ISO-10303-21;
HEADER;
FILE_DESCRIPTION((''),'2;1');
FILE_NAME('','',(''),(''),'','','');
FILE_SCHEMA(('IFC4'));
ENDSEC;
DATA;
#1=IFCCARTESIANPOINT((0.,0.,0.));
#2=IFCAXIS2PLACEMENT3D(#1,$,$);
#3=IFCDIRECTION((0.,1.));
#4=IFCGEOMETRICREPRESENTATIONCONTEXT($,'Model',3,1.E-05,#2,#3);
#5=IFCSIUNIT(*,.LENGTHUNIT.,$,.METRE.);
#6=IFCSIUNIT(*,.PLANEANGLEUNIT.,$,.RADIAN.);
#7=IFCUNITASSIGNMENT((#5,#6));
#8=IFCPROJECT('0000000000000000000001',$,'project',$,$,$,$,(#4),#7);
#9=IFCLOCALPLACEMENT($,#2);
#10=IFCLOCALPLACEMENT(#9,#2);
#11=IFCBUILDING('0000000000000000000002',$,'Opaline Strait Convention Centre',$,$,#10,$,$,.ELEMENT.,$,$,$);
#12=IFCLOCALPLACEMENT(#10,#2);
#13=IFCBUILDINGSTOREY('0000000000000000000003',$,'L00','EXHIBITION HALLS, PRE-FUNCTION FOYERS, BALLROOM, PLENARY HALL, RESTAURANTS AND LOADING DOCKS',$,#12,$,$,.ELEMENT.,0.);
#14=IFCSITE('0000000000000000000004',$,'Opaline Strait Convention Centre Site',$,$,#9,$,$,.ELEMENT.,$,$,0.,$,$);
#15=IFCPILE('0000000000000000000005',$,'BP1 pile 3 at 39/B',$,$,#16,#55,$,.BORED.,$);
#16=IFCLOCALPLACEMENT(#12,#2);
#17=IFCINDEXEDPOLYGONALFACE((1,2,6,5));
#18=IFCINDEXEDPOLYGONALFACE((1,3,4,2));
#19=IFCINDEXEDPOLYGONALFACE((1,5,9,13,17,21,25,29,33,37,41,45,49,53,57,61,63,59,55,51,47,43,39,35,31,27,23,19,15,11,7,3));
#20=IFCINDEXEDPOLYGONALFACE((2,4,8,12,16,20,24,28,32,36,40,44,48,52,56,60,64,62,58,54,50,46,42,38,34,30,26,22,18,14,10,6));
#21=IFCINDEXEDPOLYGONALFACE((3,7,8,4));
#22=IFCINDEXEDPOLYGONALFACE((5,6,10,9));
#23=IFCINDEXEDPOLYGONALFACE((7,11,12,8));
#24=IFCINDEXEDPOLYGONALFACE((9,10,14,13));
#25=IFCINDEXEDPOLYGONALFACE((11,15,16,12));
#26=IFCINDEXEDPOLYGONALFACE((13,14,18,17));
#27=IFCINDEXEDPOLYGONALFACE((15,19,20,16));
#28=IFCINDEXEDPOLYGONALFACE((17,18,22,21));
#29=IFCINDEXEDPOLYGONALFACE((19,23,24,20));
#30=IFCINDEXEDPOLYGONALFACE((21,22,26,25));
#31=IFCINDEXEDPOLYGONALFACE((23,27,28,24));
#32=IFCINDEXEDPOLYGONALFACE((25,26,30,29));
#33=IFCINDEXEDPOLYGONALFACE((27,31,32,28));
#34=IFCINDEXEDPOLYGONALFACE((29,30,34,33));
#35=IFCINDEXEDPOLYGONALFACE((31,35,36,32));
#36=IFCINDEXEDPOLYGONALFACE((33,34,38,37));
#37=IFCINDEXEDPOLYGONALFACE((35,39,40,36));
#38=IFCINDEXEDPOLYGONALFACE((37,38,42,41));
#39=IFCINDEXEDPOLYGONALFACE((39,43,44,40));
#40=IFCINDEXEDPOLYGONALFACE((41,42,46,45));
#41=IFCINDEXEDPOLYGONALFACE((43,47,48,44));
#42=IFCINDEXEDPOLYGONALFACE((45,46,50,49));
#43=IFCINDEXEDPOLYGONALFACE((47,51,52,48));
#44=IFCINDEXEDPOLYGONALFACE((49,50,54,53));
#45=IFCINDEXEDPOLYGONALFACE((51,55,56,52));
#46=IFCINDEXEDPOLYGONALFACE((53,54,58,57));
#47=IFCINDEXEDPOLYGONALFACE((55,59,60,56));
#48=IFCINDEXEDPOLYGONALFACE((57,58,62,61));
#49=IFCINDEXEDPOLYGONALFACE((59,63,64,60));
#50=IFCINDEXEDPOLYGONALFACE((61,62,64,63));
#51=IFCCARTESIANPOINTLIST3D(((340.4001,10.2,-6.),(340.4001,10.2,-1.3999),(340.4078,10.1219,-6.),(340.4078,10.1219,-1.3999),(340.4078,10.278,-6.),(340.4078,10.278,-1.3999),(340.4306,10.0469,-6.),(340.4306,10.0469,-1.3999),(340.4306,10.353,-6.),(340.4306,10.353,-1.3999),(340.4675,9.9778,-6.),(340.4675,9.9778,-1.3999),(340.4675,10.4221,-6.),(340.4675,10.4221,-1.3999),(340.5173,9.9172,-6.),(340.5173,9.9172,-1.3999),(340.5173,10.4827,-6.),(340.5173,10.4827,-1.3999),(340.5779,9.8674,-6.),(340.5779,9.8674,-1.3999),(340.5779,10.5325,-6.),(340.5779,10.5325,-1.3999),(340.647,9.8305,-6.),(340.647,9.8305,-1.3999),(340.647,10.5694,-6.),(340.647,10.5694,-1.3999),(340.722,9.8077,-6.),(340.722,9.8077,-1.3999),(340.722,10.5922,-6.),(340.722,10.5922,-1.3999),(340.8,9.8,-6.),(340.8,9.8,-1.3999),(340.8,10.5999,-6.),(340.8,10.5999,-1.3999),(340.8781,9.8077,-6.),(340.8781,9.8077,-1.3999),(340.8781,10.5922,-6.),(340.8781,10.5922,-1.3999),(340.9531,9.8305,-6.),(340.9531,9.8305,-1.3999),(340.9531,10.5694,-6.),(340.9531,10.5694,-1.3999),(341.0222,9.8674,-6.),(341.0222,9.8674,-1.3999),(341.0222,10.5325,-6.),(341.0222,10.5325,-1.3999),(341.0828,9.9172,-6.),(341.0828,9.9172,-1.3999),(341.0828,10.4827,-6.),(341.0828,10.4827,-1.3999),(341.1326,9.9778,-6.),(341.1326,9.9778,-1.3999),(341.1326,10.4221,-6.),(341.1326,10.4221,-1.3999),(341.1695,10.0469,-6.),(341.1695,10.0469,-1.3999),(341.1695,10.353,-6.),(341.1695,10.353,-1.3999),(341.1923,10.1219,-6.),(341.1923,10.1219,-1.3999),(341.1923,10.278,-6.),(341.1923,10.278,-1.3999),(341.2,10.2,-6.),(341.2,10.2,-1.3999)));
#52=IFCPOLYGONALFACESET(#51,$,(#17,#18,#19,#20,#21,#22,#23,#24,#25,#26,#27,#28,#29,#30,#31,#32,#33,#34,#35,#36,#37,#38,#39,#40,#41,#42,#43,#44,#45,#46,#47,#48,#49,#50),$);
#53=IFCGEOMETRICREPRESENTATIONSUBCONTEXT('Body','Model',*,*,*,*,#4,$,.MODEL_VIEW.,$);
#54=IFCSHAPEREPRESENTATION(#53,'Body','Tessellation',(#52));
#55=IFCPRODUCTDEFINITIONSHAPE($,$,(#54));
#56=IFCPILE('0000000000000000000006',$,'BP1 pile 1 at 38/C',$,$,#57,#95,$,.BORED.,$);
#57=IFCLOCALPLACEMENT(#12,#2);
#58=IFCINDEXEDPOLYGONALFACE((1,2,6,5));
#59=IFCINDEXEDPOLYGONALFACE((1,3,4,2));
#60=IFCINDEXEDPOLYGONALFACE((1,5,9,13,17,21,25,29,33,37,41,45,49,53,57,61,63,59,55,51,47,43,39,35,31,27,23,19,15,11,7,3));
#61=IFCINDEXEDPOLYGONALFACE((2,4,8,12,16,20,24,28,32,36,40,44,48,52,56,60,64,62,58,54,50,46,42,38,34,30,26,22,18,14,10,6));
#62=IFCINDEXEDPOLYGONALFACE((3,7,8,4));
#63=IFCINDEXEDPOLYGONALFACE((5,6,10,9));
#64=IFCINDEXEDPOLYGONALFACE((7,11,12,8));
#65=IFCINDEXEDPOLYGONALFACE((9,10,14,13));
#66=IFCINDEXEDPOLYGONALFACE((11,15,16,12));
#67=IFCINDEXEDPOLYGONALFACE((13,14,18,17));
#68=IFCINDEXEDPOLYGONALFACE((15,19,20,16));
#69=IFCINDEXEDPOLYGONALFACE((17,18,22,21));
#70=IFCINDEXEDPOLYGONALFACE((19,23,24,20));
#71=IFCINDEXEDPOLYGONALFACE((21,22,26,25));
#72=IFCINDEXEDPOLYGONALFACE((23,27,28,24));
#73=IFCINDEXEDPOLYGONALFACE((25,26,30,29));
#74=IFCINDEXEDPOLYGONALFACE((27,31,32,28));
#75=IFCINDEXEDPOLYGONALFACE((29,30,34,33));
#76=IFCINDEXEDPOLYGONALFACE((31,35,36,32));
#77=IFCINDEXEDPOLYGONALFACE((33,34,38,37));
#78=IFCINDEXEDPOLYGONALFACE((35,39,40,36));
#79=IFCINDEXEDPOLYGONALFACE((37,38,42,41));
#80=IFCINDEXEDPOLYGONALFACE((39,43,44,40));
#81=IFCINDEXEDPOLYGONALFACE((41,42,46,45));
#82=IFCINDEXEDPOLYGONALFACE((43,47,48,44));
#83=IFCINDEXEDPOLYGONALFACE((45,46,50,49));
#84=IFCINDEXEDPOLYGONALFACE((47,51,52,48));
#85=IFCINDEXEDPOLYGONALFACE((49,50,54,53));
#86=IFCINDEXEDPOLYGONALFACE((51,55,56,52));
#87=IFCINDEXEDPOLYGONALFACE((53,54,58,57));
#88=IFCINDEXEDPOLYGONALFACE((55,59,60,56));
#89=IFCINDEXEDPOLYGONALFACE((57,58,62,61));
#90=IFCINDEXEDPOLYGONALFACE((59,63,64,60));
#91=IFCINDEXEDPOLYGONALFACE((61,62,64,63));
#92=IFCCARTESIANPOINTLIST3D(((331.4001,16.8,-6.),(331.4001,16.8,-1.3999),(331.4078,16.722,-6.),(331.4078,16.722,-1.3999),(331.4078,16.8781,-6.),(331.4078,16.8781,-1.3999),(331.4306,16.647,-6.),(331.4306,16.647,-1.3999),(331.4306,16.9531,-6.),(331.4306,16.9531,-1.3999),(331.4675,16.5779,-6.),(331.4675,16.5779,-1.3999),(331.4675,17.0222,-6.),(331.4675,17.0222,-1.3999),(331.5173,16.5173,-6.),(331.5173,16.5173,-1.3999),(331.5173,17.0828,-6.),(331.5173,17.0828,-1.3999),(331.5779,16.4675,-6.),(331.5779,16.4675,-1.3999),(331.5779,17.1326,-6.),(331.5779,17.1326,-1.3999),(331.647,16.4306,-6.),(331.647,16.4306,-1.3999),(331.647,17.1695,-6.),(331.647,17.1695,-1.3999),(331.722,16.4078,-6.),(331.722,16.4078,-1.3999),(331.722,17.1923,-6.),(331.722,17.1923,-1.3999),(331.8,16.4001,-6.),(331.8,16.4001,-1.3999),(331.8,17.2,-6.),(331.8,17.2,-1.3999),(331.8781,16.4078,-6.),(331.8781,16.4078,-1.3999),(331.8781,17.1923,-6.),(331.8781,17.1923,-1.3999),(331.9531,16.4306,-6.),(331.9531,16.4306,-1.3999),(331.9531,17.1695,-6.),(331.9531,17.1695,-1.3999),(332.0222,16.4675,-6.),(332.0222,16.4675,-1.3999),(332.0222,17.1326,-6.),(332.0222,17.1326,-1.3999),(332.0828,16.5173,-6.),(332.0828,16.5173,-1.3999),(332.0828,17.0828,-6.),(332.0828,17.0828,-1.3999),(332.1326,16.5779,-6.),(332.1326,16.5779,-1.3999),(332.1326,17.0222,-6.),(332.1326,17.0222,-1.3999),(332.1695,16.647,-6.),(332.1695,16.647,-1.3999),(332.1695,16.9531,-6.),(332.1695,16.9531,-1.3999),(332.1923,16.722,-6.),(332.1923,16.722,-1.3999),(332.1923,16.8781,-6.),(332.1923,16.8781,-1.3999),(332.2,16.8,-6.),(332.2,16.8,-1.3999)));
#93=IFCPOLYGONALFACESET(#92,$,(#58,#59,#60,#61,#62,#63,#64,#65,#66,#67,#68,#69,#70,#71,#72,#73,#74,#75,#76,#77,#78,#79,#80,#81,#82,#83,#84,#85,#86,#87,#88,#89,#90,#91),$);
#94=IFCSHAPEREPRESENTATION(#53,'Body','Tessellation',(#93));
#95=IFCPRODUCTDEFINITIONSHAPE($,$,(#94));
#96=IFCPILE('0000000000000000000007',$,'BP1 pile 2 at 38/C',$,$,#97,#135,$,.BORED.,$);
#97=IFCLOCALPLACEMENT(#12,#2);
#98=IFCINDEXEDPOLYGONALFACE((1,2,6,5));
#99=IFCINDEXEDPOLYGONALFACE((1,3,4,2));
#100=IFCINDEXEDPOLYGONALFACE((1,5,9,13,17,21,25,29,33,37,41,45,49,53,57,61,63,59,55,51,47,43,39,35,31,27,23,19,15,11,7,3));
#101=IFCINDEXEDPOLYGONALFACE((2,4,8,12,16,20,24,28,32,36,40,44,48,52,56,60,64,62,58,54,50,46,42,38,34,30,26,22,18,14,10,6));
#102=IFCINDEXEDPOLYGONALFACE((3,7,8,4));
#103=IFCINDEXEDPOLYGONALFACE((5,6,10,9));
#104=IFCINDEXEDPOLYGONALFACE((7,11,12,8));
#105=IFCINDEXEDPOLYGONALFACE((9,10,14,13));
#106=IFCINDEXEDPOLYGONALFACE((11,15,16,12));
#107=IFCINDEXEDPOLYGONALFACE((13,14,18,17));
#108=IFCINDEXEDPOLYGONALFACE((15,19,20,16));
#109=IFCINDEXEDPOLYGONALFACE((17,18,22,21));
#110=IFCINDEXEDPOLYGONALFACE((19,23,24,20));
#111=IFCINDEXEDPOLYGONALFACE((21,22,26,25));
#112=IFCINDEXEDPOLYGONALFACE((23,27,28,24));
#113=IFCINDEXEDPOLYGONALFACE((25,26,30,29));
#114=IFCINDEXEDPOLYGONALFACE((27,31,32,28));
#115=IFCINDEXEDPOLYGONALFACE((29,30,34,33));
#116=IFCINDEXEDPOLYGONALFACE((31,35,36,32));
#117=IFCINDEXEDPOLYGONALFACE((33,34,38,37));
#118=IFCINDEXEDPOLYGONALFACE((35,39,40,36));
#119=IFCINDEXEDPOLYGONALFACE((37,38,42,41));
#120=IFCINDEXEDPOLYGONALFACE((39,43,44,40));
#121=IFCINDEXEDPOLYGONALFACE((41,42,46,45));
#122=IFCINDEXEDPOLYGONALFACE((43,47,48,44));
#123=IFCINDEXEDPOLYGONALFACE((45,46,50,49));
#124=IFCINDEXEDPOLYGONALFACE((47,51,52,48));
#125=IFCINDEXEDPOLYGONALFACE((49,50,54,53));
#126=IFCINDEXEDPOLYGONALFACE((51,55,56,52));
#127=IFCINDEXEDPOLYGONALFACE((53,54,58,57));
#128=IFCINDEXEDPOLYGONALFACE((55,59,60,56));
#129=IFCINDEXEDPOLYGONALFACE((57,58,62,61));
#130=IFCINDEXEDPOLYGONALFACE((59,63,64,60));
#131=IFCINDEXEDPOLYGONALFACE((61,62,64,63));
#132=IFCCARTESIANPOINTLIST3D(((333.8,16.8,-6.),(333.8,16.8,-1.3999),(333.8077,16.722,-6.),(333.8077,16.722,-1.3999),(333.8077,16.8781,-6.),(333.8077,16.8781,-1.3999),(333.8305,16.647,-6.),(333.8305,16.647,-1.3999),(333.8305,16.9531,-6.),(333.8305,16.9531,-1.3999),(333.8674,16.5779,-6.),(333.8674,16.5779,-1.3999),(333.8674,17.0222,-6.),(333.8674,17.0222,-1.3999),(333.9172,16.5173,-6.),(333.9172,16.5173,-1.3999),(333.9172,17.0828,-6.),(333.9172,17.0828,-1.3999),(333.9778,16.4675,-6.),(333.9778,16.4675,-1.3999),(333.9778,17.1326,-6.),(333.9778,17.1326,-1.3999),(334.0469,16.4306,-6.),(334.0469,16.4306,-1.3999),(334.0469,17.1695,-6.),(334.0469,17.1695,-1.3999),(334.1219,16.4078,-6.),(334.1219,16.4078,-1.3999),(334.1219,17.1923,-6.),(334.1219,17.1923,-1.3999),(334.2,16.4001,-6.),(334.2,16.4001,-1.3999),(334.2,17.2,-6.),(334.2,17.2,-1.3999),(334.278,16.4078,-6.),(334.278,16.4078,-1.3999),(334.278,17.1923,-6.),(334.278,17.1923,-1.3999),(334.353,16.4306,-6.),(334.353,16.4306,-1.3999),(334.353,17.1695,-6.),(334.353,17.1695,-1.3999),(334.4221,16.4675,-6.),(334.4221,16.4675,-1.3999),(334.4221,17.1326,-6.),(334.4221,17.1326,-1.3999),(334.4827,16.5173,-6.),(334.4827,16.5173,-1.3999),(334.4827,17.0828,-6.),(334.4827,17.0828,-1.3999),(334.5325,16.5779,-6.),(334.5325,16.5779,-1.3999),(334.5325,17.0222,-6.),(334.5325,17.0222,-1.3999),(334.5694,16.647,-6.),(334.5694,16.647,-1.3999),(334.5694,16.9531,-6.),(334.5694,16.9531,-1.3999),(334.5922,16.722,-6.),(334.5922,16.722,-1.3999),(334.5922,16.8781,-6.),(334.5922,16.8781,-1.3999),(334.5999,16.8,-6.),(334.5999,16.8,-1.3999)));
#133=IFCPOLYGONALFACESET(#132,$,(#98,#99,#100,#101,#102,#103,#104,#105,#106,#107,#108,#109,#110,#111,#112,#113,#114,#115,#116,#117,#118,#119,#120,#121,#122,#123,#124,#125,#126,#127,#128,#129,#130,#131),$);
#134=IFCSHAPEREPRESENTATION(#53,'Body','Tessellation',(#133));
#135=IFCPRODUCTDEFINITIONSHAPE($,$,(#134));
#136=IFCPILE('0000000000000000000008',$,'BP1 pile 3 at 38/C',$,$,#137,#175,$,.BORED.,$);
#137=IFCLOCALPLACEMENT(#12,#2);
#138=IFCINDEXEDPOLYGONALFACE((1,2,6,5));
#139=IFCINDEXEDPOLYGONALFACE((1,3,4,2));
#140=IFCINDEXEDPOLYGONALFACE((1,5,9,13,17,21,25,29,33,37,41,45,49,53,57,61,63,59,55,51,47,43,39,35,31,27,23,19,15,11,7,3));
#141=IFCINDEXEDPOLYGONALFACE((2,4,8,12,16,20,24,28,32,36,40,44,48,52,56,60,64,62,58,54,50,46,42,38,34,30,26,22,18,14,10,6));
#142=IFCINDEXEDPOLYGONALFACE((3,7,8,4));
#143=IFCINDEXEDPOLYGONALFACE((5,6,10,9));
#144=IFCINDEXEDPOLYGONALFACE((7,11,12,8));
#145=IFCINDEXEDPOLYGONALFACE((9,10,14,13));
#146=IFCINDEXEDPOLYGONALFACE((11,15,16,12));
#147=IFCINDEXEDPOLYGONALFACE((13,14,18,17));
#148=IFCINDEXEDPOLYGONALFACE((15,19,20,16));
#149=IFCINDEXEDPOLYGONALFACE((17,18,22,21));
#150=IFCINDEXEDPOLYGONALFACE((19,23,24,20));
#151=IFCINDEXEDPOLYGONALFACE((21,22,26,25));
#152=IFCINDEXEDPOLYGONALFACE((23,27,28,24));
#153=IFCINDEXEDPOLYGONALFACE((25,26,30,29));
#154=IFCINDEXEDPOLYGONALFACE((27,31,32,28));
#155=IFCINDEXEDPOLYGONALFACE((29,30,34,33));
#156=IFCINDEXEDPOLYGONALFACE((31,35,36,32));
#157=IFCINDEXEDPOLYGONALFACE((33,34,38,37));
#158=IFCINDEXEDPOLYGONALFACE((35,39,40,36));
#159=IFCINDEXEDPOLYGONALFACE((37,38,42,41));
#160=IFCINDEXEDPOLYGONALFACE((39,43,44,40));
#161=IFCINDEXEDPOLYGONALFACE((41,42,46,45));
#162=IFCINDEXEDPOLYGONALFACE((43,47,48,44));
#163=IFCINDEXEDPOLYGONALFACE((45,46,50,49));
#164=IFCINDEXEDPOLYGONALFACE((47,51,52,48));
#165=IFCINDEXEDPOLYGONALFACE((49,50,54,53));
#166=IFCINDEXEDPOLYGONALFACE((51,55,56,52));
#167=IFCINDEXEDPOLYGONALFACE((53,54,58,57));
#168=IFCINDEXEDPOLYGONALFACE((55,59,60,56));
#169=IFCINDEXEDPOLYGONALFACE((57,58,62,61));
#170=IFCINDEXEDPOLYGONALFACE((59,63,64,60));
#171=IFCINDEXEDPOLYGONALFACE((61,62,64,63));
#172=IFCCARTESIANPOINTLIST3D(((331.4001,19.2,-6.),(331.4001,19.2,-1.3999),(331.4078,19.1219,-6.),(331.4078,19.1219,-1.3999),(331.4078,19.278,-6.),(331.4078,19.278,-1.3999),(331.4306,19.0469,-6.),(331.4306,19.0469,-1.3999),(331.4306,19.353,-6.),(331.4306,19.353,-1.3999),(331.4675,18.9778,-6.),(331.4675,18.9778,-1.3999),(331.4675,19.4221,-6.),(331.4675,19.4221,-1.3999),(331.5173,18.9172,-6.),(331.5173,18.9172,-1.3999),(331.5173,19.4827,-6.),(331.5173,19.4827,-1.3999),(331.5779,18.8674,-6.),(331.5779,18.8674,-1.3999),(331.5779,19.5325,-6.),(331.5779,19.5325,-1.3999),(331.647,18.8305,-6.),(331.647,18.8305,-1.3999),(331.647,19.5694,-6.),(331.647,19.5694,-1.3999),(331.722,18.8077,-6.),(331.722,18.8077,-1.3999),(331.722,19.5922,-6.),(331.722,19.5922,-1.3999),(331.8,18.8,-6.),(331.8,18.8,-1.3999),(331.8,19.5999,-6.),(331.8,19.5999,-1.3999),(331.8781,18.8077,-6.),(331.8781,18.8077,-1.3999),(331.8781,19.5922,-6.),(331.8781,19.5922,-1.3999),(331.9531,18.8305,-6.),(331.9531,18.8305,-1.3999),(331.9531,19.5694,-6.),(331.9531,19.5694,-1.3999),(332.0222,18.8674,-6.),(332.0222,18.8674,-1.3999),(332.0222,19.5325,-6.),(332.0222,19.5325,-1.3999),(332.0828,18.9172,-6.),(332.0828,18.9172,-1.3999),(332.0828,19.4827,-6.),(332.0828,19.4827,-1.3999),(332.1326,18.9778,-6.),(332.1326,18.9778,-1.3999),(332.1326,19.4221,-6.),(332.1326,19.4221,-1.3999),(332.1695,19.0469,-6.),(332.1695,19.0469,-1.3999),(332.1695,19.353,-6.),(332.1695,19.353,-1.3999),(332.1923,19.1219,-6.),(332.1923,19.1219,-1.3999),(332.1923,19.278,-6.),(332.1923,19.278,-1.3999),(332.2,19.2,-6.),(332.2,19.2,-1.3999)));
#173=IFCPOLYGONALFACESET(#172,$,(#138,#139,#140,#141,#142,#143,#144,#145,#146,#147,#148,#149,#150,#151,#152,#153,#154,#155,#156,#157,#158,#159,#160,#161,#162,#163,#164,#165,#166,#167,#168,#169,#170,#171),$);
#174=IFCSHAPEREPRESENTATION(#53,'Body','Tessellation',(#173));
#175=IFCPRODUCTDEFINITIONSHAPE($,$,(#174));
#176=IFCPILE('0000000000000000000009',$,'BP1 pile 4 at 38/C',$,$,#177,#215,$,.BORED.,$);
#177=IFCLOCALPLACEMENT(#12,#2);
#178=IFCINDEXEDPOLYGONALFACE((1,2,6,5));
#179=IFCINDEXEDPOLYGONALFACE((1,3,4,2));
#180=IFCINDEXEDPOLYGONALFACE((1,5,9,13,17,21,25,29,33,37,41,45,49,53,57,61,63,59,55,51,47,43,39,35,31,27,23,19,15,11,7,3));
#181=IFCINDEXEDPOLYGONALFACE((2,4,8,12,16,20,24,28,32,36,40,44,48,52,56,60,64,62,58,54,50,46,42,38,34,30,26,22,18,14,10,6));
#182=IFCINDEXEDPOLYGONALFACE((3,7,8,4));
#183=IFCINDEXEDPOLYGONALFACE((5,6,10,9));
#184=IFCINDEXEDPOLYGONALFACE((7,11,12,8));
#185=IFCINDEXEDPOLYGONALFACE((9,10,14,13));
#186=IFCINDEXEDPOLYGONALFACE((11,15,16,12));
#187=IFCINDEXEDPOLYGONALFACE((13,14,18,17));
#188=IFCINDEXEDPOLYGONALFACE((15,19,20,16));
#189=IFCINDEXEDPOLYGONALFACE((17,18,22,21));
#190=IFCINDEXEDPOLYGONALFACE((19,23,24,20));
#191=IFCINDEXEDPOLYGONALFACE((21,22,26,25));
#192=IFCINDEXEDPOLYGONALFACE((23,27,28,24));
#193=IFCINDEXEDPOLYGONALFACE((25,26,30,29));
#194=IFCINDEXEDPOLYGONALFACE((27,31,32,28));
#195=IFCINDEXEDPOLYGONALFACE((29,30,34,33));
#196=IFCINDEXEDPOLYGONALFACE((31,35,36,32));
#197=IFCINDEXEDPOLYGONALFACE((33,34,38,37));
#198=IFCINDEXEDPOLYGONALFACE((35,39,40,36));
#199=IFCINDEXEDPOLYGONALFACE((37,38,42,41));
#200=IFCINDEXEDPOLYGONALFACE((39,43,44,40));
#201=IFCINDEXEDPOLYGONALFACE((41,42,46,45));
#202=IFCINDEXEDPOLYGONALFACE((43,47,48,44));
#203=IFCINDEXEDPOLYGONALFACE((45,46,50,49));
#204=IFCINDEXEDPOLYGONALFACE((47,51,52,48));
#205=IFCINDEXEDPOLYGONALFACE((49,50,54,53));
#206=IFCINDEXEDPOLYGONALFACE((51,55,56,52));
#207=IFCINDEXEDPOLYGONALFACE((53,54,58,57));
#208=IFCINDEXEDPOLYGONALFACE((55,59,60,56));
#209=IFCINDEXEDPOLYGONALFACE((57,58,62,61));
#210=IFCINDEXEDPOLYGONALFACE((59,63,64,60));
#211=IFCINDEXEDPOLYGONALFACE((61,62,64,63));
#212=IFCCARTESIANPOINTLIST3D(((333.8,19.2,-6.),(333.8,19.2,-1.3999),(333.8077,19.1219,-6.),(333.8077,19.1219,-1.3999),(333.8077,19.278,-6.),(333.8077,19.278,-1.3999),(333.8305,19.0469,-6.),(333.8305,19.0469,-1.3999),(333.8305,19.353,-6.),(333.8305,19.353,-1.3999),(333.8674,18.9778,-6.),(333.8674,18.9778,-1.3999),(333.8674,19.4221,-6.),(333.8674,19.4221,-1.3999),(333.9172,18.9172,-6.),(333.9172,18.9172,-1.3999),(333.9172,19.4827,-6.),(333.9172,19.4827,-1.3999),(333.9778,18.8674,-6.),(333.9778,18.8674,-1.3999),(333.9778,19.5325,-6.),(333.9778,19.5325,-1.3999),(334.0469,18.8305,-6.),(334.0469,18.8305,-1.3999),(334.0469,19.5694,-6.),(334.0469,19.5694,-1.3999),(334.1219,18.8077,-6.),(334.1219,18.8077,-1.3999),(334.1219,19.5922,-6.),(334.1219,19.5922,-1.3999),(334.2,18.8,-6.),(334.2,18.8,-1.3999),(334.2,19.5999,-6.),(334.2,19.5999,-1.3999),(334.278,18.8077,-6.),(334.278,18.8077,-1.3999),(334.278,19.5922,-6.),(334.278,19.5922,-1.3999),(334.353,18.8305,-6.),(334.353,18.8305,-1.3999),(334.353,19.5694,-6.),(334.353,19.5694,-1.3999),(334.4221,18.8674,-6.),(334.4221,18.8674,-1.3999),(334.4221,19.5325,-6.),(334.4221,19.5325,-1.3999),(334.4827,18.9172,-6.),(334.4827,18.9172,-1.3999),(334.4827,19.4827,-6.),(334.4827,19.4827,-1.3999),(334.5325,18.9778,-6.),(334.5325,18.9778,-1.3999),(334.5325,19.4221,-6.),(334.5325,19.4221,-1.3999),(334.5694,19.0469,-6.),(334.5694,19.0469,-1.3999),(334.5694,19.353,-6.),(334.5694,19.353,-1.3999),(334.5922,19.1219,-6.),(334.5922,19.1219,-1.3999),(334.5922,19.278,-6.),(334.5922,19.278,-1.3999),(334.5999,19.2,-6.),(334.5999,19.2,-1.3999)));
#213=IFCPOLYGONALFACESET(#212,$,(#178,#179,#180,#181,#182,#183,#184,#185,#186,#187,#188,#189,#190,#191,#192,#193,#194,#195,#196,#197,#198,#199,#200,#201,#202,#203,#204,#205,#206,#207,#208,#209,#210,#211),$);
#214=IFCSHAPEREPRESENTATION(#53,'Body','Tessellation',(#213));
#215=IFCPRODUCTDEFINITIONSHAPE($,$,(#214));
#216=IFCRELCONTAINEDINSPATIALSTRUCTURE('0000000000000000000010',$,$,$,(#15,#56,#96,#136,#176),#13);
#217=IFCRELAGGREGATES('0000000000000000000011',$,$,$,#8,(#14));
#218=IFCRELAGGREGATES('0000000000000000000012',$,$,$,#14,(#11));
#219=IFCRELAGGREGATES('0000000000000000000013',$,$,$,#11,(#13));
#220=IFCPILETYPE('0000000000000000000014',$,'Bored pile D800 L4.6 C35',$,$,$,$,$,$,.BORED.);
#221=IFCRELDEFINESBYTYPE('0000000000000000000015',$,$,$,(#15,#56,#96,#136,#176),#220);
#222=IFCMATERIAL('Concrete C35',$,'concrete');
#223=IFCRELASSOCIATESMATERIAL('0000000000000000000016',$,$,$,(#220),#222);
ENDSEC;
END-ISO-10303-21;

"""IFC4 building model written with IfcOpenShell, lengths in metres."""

from ifc_helpers import new_model, si_unit, direction, frame, origin, origin_2d, place, context, subcontext, project, spatial, circle, extrude, material, material_profile, profile_set, type_object, element, save


model = new_model("IFC4")

# Units and contexts
model_context = context("Model", 3, precision=1e-05, world=origin(), true_north=direction((0.0, 1.0)))
body_context = subcontext(model_context, "Body", "Model", "MODEL_VIEW")
ifc_project = project(units=[si_unit("LENGTHUNIT", "METRE"), si_unit("PLANEANGLEUNIT", "RADIAN")], contexts=[model_context])

# Site, building, storey
site_placement = place(None, origin())
site = spatial("IfcSite", under=ifc_project, at=site_placement, Name="Opaline Strait Convention Centre Site", CompositionType="ELEMENT", RefElevation=0.0)
building_placement = place(site_placement, origin())
building = spatial("IfcBuilding", under=site, at=building_placement, Name="Opaline Strait Convention Centre", CompositionType="ELEMENT")
storey_placement = place(building_placement, origin())
storey = spatial("IfcBuildingStorey", under=building, at=storey_placement, Name="L00", Description="EXHIBITION HALLS, PRE-FUNCTION FOYERS, BALLROOM, PLENARY HALL, RESTAURANTS AND LOADING DOCKS", CompositionType="ELEMENT", Elevation=0.0)

# Piles
ifc_material_1 = material(Name="Concrete C35", Category="concrete")
ifc_material_profile_1 = material_profile(ifc_material_1, circle(Radius=0.3999, at=origin_2d()), Name="D800")
ifc_profile_set_1 = profile_set([ifc_material_profile_1], Name="Concrete C35")
pile_type = type_object("IfcPileType", Name="Bored pile D800 L4.6 C35", PredefinedType="BORED", material=ifc_profile_set_1)
for number, where, z_axis, x_axis, name in (
    (1, (340.8, 10.2, -1.3999), (0.0, 0.0, -1.0), (1.0, 0.0, 0.0), "BP1 pile 3 at 39/B"),
    (2, (331.8, 16.8, -1.3999), (0.0, 0.0, -1.0), (1.0, 0.0, 0.0), "BP1 pile 1 at 38/C"),
    (3, (334.2, 16.8, -1.3999), (0.0, 0.0, -1.0), (1.0, 0.0, 0.0), "BP1 pile 2 at 38/C"),
    (4, (331.8, 19.2, -1.3999), (0.0, 0.0, -1.0), (1.0, 0.0, 0.0), "BP1 pile 3 at 38/C"),
    (5, (334.2, 19.2, -1.3999), (0.0, 0.0, -1.0), (1.0, 0.0, 0.0), "BP1 pile 4 at 38/C"),
):
    element("IfcPile", number, at=place(storey_placement, frame(where, z_axis=z_axis, x_axis=x_axis)), inside=storey, type_object=pile_type, Name=name, PredefinedType="BORED", context=body_context, shape_type="SweptSolid", body=[
        extrude(circle(Radius=0.3999, at=origin_2d()), origin(), (0.0, 0.0, 1.0), 4.6001),
    ])

save(model, "model.ifc")
